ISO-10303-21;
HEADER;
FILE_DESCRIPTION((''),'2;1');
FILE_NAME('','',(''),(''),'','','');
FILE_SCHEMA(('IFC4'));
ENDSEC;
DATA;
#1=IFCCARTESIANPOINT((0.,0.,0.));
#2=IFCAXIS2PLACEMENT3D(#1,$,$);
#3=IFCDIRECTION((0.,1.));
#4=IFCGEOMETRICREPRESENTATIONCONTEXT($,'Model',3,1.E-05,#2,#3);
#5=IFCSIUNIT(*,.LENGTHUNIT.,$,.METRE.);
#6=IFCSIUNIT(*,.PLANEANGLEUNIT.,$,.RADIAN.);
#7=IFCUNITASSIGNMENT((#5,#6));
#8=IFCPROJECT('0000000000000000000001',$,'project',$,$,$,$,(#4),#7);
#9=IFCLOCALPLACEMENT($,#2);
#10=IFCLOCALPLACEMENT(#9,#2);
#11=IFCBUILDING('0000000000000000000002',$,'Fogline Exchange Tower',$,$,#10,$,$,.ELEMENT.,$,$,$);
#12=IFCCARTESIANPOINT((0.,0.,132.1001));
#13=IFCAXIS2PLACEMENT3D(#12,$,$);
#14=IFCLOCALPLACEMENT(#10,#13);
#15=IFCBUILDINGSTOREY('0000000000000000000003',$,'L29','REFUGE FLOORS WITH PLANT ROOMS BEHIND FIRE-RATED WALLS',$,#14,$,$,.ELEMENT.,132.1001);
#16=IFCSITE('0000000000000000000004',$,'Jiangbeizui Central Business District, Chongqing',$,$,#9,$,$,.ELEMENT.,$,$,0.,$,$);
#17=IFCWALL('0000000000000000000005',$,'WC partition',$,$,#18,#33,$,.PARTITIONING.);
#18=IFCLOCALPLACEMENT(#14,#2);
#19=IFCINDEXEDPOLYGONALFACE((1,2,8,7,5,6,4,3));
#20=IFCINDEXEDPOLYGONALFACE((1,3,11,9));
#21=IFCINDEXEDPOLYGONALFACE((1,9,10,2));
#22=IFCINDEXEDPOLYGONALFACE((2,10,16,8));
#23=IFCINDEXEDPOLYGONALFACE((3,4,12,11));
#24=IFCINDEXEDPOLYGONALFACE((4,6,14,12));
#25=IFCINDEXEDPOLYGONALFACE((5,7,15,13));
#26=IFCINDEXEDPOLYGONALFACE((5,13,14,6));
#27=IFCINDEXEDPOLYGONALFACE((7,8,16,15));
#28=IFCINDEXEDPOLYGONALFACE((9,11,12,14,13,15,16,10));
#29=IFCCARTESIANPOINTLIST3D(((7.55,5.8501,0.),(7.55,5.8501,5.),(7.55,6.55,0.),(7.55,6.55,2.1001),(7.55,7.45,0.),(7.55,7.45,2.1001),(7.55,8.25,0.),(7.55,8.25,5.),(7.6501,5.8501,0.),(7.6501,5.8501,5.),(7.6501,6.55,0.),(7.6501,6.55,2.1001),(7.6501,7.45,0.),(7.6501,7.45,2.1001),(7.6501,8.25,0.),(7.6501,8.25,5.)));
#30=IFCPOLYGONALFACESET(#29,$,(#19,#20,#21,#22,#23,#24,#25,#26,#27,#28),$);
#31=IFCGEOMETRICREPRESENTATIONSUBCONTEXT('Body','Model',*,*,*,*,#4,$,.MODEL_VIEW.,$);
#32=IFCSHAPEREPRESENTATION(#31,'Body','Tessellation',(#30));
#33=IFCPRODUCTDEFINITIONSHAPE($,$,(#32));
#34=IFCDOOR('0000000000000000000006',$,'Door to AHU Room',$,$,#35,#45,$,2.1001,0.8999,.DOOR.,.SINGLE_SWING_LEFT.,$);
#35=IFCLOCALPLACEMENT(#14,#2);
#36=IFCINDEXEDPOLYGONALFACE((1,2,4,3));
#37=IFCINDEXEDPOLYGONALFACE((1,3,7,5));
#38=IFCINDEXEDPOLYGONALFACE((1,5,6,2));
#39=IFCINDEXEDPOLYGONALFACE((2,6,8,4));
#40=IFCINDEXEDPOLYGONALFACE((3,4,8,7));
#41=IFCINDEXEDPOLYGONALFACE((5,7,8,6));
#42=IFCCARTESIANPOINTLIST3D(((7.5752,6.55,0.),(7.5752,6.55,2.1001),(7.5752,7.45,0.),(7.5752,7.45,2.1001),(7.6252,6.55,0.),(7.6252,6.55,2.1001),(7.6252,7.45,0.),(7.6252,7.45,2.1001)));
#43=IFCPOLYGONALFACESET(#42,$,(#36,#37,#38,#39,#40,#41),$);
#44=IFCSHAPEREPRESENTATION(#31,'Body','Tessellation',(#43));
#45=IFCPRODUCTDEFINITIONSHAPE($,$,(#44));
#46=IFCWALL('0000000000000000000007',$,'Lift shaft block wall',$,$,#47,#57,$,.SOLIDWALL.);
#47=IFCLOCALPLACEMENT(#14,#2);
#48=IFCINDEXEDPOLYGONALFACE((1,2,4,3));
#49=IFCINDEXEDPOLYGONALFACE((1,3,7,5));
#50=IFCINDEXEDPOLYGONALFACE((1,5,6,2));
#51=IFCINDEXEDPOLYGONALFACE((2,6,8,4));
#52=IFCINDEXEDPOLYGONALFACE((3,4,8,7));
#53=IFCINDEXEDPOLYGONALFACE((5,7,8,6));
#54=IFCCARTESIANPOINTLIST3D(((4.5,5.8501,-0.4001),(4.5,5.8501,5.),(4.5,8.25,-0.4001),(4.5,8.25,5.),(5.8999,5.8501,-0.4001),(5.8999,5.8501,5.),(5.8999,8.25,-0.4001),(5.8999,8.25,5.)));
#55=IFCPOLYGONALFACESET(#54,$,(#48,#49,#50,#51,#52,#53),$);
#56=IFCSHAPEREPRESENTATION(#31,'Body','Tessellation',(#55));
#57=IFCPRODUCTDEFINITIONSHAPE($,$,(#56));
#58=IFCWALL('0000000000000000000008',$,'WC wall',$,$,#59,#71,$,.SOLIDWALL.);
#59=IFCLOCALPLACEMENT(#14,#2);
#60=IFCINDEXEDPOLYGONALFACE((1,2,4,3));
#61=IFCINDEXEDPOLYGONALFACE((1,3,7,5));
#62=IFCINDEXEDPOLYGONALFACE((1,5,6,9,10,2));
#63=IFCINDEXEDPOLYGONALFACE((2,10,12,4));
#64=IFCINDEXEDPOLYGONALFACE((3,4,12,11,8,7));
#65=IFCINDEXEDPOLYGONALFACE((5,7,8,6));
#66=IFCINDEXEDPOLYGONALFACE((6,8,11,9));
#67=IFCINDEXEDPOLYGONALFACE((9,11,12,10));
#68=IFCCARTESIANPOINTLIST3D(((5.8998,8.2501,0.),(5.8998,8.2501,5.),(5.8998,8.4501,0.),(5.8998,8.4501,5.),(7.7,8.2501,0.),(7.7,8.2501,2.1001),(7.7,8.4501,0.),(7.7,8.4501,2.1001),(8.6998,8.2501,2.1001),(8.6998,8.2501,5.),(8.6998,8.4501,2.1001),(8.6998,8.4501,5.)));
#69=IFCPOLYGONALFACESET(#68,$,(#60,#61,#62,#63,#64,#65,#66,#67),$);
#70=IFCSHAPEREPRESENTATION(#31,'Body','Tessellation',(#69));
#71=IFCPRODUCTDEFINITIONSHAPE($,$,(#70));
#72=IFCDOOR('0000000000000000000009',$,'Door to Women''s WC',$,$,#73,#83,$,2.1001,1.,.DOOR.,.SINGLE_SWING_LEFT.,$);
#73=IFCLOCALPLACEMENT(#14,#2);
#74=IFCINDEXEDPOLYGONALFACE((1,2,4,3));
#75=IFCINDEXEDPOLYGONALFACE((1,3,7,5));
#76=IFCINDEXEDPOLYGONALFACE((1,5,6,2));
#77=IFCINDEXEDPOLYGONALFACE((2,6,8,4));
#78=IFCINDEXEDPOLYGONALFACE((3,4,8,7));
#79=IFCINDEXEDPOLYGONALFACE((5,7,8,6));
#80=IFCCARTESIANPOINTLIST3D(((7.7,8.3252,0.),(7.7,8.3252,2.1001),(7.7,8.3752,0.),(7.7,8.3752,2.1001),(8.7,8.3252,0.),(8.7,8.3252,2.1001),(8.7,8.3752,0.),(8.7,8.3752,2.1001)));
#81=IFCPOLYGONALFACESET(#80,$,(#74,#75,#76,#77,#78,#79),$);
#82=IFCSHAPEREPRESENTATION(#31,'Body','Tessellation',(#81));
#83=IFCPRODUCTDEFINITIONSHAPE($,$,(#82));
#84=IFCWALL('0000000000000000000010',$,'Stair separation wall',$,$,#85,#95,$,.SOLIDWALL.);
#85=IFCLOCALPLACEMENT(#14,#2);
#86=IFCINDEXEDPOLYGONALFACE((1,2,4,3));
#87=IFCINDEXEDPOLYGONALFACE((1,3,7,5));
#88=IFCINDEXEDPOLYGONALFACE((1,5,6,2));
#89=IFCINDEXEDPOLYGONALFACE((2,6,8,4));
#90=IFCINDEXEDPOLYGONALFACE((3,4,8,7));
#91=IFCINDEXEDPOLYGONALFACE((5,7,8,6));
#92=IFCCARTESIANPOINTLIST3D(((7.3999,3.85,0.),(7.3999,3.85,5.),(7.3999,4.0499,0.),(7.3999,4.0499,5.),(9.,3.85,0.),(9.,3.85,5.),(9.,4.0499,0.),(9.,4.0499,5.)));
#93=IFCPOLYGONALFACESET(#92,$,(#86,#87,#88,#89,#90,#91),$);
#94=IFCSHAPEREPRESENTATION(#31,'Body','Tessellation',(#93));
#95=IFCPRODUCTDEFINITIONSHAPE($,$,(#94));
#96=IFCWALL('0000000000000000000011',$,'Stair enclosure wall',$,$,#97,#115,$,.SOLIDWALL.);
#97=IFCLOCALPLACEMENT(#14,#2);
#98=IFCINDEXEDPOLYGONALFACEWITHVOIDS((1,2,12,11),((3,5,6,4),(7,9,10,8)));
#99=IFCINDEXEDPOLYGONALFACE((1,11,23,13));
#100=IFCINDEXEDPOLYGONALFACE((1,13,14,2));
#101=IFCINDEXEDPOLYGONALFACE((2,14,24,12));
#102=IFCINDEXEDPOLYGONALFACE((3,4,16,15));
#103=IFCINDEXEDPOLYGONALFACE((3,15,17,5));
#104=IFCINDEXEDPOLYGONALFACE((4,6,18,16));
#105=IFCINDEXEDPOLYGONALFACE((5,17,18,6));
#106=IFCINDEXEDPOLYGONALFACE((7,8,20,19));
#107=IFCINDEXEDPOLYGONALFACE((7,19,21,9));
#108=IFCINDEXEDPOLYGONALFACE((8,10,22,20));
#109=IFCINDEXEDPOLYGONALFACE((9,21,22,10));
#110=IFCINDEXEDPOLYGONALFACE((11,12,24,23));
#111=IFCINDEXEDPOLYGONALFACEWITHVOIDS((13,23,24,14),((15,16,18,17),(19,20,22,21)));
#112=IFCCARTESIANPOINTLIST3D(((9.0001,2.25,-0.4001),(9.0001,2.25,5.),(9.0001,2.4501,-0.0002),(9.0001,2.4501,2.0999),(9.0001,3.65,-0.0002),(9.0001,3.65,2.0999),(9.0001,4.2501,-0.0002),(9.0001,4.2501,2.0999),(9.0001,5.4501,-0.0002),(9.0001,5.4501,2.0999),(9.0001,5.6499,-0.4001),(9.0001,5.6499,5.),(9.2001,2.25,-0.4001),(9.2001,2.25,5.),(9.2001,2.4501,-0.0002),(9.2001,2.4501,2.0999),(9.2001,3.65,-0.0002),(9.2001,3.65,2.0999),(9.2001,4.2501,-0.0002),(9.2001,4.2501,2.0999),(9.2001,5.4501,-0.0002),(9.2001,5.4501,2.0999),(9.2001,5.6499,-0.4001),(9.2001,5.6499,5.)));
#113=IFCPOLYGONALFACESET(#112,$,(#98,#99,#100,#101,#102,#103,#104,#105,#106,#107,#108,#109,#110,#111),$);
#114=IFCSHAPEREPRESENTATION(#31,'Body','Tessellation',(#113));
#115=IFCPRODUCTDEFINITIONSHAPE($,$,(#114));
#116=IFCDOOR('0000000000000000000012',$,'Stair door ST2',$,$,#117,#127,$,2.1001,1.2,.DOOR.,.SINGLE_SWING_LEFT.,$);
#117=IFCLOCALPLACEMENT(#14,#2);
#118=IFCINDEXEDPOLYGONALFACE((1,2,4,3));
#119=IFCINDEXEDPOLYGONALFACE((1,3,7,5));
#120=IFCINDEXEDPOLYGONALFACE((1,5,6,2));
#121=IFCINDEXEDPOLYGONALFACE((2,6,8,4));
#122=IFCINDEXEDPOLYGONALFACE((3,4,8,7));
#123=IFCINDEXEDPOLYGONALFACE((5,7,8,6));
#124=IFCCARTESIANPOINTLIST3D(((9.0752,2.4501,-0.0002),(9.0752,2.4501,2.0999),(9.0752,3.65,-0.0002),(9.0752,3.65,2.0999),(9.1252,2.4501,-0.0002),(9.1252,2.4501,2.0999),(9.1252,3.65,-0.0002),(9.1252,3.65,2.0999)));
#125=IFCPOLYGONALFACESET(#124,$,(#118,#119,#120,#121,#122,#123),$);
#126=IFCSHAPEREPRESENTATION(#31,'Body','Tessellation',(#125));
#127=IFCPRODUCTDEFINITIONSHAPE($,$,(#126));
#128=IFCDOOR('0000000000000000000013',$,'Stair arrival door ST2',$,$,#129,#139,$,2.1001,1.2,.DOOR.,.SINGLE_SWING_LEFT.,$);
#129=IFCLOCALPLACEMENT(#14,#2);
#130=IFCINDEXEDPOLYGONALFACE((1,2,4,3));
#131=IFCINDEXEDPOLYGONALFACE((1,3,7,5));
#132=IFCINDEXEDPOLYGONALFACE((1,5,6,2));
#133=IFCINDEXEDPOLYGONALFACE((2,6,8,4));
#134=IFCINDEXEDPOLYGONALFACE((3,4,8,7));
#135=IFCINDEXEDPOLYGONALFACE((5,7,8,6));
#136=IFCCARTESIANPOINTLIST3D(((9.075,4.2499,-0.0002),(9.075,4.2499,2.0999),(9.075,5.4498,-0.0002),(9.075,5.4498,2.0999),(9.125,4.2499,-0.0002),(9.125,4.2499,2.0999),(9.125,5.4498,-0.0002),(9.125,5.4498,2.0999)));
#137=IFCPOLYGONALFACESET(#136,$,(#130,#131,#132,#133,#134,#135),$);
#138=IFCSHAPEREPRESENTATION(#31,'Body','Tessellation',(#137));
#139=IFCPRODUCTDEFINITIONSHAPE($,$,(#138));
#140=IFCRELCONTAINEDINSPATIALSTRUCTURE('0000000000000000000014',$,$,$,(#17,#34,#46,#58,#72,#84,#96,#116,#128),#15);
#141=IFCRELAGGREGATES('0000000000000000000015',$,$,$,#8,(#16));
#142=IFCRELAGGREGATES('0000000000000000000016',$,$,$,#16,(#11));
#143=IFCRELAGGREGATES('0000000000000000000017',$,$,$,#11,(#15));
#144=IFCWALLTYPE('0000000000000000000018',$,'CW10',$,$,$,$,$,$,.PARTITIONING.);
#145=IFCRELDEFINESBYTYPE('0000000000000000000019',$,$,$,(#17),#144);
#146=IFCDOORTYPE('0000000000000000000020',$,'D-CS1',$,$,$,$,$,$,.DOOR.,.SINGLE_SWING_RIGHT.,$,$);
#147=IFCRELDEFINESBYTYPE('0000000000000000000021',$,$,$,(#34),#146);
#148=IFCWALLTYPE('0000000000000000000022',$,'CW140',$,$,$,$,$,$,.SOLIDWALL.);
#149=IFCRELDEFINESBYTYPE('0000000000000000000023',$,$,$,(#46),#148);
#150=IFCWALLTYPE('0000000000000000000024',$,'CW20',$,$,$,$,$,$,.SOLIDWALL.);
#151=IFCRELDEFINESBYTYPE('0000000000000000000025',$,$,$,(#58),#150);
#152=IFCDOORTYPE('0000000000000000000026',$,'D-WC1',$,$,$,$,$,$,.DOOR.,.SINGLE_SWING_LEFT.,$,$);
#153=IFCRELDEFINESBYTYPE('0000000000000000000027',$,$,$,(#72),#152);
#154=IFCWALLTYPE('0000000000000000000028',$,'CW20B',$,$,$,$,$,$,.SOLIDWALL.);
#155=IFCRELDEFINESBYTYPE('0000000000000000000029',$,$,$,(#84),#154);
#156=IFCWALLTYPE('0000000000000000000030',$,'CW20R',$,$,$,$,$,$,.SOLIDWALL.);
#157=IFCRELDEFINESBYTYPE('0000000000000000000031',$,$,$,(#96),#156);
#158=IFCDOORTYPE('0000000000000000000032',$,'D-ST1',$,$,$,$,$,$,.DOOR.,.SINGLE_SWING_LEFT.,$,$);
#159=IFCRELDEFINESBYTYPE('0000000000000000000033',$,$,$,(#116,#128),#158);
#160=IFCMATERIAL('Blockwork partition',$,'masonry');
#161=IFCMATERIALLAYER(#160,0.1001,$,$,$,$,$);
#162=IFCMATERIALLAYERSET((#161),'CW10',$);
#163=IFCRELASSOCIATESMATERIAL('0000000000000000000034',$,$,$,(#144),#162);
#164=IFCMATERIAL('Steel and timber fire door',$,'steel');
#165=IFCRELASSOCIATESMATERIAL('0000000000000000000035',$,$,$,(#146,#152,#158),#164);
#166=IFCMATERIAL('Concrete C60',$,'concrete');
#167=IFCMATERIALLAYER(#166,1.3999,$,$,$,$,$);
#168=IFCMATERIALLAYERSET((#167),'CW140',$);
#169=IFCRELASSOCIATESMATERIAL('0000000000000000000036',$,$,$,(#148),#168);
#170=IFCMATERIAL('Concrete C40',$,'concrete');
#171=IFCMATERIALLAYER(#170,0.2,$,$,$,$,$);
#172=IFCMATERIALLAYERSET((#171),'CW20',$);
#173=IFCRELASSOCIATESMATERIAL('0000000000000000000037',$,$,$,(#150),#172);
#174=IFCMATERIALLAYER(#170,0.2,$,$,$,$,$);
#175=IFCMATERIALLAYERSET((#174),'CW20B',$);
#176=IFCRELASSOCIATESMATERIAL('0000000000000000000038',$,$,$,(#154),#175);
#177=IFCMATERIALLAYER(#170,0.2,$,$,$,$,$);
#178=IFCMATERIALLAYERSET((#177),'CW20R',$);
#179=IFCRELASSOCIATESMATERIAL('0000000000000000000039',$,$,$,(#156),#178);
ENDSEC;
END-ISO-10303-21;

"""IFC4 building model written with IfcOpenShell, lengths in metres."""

from ifc_helpers import new_model, si_unit, direction, frame, frame_2d, origin, place, context, subcontext, project, spatial, rectangle, extrude, material, layer, layer_set, type_object, element, fill, save


model = new_model("IFC4")

# Units and contexts
model_context = context("Model", 3, precision=1e-05, world=origin(), true_north=direction((0.0, 1.0)))
body_context = subcontext(model_context, "Body", "Model", "MODEL_VIEW")
ifc_project = project(units=[si_unit("LENGTHUNIT", "METRE"), si_unit("PLANEANGLEUNIT", "RADIAN")], contexts=[model_context])

# Site, building, storey
site_placement = place(None, origin())
site = spatial("IfcSite", under=ifc_project, at=site_placement, Name="Jiangbeizui Central Business District, Chongqing", CompositionType="ELEMENT", RefElevation=0.0)
building_placement = place(site_placement, origin())
building = spatial("IfcBuilding", under=site, at=building_placement, Name="Fogline Exchange Tower", CompositionType="ELEMENT")
storey_placement = place(building_placement, frame((0.0, 0.0, 132.1001)))
storey = spatial("IfcBuildingStorey", under=building, at=storey_placement, Name="L29", Description="REFUGE FLOORS WITH PLANT ROOMS BEHIND FIRE-RATED WALLS", CompositionType="ELEMENT", Elevation=132.1001)

# Wall, opening, door
ifc_material_1 = material(Name="Blockwork partition", Category="masonry")
ifc_layer_1 = layer(ifc_material_1, 0.1001)
ifc_layer_set_1 = layer_set([ifc_layer_1], Name="CW10")
wall_type_1 = type_object("IfcWallType", Name="CW10", PredefinedType="PARTITIONING", material=ifc_layer_set_1)
wall_1_placement = place(storey_placement, frame((7.6001, 5.8501, 0.0), z_axis=(0.0, 0.0, 1.0), x_axis=(0.0, 1.0, 0.0)))
wall_1 = element("IfcWall", 1, at=wall_1_placement, inside=storey, type_object=wall_type_1, Name="WC partition", PredefinedType="PARTITIONING", context=body_context, shape_type="SweptSolid", body=[
    extrude(rectangle(XDim=2.3999, YDim=0.1001, at=frame_2d((1.2, 0.0))), origin(), (0.0, 0.0, 1.0), 5.0),
])
opening_1_placement = place(wall_1_placement, frame((0.7, 0.0, 0.0)))
opening_1 = element("IfcOpeningElement", 2, at=opening_1_placement, cuts=wall_1, PredefinedType="OPENING", context=body_context, shape_type="SweptSolid", body=[
    extrude(rectangle(XDim=0.8999, YDim=2.1001, at=frame_2d((0.45, 1.05))), frame((0.0, 0.0601, 0.0), z_axis=(0.0, -1.0, 0.0), x_axis=(1.0, 0.0, 0.0)), (0.0, 0.0, 1.0), 0.1201),
])
ifc_material_2 = material(Name="Steel and timber fire door", Category="steel")
door_type_1 = type_object("IfcDoorType", Name="D-CS1", OperationType="SINGLE_SWING_RIGHT", PredefinedType="DOOR", material=ifc_material_2)
door_1_placement = place(opening_1_placement, origin())
door_1 = element("IfcDoor", 3, at=door_1_placement, inside=storey, type_object=door_type_1, Name="Door to AHU Room", OperationType="SINGLE_SWING_LEFT", OverallHeight=2.1001, OverallWidth=0.8999, PredefinedType="DOOR", context=body_context, shape_type="SweptSolid", body=[
    extrude(rectangle(XDim=0.8999, YDim=2.1001, at=frame_2d((0.45, 1.05))), frame((0.0, 0.0249, 0.0), z_axis=(0.0, -1.0, 0.0), x_axis=(1.0, 0.0, 0.0)), (0.0, 0.0, 1.0), 0.05),
])
fill(opening_1, door_1)

# Wall
ifc_material_3 = material(Name="Concrete C60", Category="concrete")
ifc_layer_2 = layer(ifc_material_3, 1.3999)
ifc_layer_set_2 = layer_set([ifc_layer_2], Name="CW140")
wall_type_2 = type_object("IfcWallType", Name="CW140", PredefinedType="SOLIDWALL", material=ifc_layer_set_2)
wall_2_placement = place(storey_placement, frame((5.2, 5.8501, -0.4001), z_axis=(0.0, 0.0, 1.0), x_axis=(0.0, 1.0, 0.0)))
element("IfcWall", 4, at=wall_2_placement, inside=storey, type_object=wall_type_2, Name="Lift shaft block wall", PredefinedType="SOLIDWALL", context=body_context, shape_type="SweptSolid", body=[
    extrude(rectangle(XDim=2.3999, YDim=1.3999, at=frame_2d((1.2, 0.0))), origin(), (0.0, 0.0, 1.0), 5.4001),
])

# Wall, opening, door
ifc_material_4 = material(Name="Concrete C40", Category="concrete")
ifc_layer_3 = layer(ifc_material_4, 0.2)
ifc_layer_set_3 = layer_set([ifc_layer_3], Name="CW20")
wall_type_3 = type_object("IfcWallType", Name="CW20", PredefinedType="SOLIDWALL", material=ifc_layer_set_3)
wall_3_placement = place(storey_placement, frame((5.8999, 8.3501, 0.0), z_axis=(0.0, 0.0, 1.0), x_axis=(1.0, 0.0, 0.0)))
wall_3 = element("IfcWall", 5, at=wall_3_placement, inside=storey, type_object=wall_type_3, Name="WC wall", PredefinedType="SOLIDWALL", context=body_context, shape_type="SweptSolid", body=[
    extrude(rectangle(XDim=2.8, YDim=0.2, at=frame_2d((1.3999, 0.0))), origin(), (0.0, 0.0, 1.0), 5.0),
])
opening_2_placement = place(wall_3_placement, frame((1.8, 0.0, 0.0)))
opening_2 = element("IfcOpeningElement", 6, at=opening_2_placement, cuts=wall_3, PredefinedType="OPENING", context=body_context, shape_type="SweptSolid", body=[
    extrude(rectangle(XDim=1.0, YDim=2.1001, at=frame_2d((0.5, 1.05))), frame((0.0, 0.1099, 0.0), z_axis=(0.0, -1.0, 0.0), x_axis=(1.0, 0.0, 0.0)), (0.0, 0.0, 1.0), 0.22),
])
door_type_2 = type_object("IfcDoorType", Name="D-WC1", OperationType="SINGLE_SWING_LEFT", PredefinedType="DOOR", material=ifc_material_2)
door_2_placement = place(opening_2_placement, frame((1.0, 0.0, 0.0), z_axis=(0.0, 0.0, 1.0), x_axis=(-1.0, 0.0, 0.0)))
door_2 = element("IfcDoor", 7, at=door_2_placement, inside=storey, type_object=door_type_2, Name="Door to Women's WC", OperationType="SINGLE_SWING_LEFT", OverallHeight=2.1001, OverallWidth=1.0, PredefinedType="DOOR", context=body_context, shape_type="SweptSolid", body=[
    extrude(rectangle(XDim=1.0, YDim=2.1001, at=frame_2d((0.5, 1.05))), frame((0.0, 0.0249, 0.0), z_axis=(0.0, -1.0, 0.0), x_axis=(1.0, 0.0, 0.0)), (0.0, 0.0, 1.0), 0.05),
])
fill(opening_2, door_2)

# Wall
ifc_layer_4 = layer(ifc_material_4, 0.2)
ifc_layer_set_4 = layer_set([ifc_layer_4], Name="CW20B")
wall_type_4 = type_object("IfcWallType", Name="CW20B", PredefinedType="SOLIDWALL", material=ifc_layer_set_4)
wall_4_placement = place(storey_placement, frame((7.3999, 3.95, 0.0), z_axis=(0.0, 0.0, 1.0), x_axis=(1.0, 0.0, 0.0)))
element("IfcWall", 8, at=wall_4_placement, inside=storey, type_object=wall_type_4, Name="Stair separation wall", PredefinedType="SOLIDWALL", context=body_context, shape_type="SweptSolid", body=[
    extrude(rectangle(XDim=1.6001, YDim=0.2, at=frame_2d((0.8, 0.0))), origin(), (0.0, 0.0, 1.0), 5.0),
])

# Wall, openings, doors
ifc_layer_5 = layer(ifc_material_4, 0.2)
ifc_layer_set_5 = layer_set([ifc_layer_5], Name="CW20R")
wall_type_5 = type_object("IfcWallType", Name="CW20R", PredefinedType="SOLIDWALL", material=ifc_layer_set_5)
wall_5_placement = place(storey_placement, frame((9.1001, 2.25, -0.4001), z_axis=(0.0, 0.0, 1.0), x_axis=(0.0, 1.0, 0.0)))
wall_5 = element("IfcWall", 9, at=wall_5_placement, inside=storey, type_object=wall_type_5, Name="Stair enclosure wall", PredefinedType="SOLIDWALL", context=body_context, shape_type="SweptSolid", body=[
    extrude(rectangle(XDim=3.3999, YDim=0.2, at=frame_2d((1.7, 0.0))), origin(), (0.0, 0.0, 1.0), 5.4001),
])
opening_3_placement = place(wall_5_placement, frame((0.2, 0.0, 0.3999)))
opening_3 = element("IfcOpeningElement", 10, at=opening_3_placement, cuts=wall_5, PredefinedType="OPENING", context=body_context, shape_type="SweptSolid", body=[
    extrude(rectangle(XDim=1.2, YDim=2.1001, at=frame_2d((0.6001, 1.05))), frame((0.0, 0.1099, 0.0), z_axis=(0.0, -1.0, 0.0), x_axis=(1.0, 0.0, 0.0)), (0.0, 0.0, 1.0), 0.22),
])
opening_4_placement = place(wall_5_placement, frame((2.0, 0.0, 0.3999)))
opening_4 = element("IfcOpeningElement", 11, at=opening_4_placement, cuts=wall_5, PredefinedType="OPENING", context=body_context, shape_type="SweptSolid", body=[
    extrude(rectangle(XDim=1.2, YDim=2.1001, at=frame_2d((0.6001, 1.05))), frame((0.0, 0.1099, 0.0), z_axis=(0.0, -1.0, 0.0), x_axis=(1.0, 0.0, 0.0)), (0.0, 0.0, 1.0), 0.22),
])
door_type_3 = type_object("IfcDoorType", Name="D-ST1", OperationType="SINGLE_SWING_LEFT", PredefinedType="DOOR", material=ifc_material_2)
door_3_placement = place(opening_3_placement, origin())
door_3 = element("IfcDoor", 12, at=door_3_placement, inside=storey, type_object=door_type_3, Name="Stair door ST2", OperationType="SINGLE_SWING_LEFT", OverallHeight=2.1001, OverallWidth=1.2, PredefinedType="DOOR", context=body_context, shape_type="SweptSolid", body=[
    extrude(rectangle(XDim=1.2, YDim=2.1001, at=frame_2d((0.6001, 1.05))), frame((0.0, 0.0249, 0.0), z_axis=(0.0, -1.0, 0.0), x_axis=(1.0, 0.0, 0.0)), (0.0, 0.0, 1.0), 0.05),
])
fill(opening_3, door_3)
door_4_placement = place(opening_4_placement, frame((1.2, 0.0, 0.0), z_axis=(0.0, 0.0, 1.0), x_axis=(-1.0, 0.0, 0.0)))
door_4 = element("IfcDoor", 13, at=door_4_placement, inside=storey, type_object=door_type_3, Name="Stair arrival door ST2", OperationType="SINGLE_SWING_LEFT", OverallHeight=2.1001, OverallWidth=1.2, PredefinedType="DOOR", context=body_context, shape_type="SweptSolid", body=[
    extrude(rectangle(XDim=1.2, YDim=2.1001, at=frame_2d((0.6001, 1.05))), frame((0.0, 0.0249, 0.0), z_axis=(0.0, -1.0, 0.0), x_axis=(1.0, 0.0, 0.0)), (0.0, 0.0, 1.0), 0.05),
])
fill(opening_4, door_4)

save(model, "model.ifc")
